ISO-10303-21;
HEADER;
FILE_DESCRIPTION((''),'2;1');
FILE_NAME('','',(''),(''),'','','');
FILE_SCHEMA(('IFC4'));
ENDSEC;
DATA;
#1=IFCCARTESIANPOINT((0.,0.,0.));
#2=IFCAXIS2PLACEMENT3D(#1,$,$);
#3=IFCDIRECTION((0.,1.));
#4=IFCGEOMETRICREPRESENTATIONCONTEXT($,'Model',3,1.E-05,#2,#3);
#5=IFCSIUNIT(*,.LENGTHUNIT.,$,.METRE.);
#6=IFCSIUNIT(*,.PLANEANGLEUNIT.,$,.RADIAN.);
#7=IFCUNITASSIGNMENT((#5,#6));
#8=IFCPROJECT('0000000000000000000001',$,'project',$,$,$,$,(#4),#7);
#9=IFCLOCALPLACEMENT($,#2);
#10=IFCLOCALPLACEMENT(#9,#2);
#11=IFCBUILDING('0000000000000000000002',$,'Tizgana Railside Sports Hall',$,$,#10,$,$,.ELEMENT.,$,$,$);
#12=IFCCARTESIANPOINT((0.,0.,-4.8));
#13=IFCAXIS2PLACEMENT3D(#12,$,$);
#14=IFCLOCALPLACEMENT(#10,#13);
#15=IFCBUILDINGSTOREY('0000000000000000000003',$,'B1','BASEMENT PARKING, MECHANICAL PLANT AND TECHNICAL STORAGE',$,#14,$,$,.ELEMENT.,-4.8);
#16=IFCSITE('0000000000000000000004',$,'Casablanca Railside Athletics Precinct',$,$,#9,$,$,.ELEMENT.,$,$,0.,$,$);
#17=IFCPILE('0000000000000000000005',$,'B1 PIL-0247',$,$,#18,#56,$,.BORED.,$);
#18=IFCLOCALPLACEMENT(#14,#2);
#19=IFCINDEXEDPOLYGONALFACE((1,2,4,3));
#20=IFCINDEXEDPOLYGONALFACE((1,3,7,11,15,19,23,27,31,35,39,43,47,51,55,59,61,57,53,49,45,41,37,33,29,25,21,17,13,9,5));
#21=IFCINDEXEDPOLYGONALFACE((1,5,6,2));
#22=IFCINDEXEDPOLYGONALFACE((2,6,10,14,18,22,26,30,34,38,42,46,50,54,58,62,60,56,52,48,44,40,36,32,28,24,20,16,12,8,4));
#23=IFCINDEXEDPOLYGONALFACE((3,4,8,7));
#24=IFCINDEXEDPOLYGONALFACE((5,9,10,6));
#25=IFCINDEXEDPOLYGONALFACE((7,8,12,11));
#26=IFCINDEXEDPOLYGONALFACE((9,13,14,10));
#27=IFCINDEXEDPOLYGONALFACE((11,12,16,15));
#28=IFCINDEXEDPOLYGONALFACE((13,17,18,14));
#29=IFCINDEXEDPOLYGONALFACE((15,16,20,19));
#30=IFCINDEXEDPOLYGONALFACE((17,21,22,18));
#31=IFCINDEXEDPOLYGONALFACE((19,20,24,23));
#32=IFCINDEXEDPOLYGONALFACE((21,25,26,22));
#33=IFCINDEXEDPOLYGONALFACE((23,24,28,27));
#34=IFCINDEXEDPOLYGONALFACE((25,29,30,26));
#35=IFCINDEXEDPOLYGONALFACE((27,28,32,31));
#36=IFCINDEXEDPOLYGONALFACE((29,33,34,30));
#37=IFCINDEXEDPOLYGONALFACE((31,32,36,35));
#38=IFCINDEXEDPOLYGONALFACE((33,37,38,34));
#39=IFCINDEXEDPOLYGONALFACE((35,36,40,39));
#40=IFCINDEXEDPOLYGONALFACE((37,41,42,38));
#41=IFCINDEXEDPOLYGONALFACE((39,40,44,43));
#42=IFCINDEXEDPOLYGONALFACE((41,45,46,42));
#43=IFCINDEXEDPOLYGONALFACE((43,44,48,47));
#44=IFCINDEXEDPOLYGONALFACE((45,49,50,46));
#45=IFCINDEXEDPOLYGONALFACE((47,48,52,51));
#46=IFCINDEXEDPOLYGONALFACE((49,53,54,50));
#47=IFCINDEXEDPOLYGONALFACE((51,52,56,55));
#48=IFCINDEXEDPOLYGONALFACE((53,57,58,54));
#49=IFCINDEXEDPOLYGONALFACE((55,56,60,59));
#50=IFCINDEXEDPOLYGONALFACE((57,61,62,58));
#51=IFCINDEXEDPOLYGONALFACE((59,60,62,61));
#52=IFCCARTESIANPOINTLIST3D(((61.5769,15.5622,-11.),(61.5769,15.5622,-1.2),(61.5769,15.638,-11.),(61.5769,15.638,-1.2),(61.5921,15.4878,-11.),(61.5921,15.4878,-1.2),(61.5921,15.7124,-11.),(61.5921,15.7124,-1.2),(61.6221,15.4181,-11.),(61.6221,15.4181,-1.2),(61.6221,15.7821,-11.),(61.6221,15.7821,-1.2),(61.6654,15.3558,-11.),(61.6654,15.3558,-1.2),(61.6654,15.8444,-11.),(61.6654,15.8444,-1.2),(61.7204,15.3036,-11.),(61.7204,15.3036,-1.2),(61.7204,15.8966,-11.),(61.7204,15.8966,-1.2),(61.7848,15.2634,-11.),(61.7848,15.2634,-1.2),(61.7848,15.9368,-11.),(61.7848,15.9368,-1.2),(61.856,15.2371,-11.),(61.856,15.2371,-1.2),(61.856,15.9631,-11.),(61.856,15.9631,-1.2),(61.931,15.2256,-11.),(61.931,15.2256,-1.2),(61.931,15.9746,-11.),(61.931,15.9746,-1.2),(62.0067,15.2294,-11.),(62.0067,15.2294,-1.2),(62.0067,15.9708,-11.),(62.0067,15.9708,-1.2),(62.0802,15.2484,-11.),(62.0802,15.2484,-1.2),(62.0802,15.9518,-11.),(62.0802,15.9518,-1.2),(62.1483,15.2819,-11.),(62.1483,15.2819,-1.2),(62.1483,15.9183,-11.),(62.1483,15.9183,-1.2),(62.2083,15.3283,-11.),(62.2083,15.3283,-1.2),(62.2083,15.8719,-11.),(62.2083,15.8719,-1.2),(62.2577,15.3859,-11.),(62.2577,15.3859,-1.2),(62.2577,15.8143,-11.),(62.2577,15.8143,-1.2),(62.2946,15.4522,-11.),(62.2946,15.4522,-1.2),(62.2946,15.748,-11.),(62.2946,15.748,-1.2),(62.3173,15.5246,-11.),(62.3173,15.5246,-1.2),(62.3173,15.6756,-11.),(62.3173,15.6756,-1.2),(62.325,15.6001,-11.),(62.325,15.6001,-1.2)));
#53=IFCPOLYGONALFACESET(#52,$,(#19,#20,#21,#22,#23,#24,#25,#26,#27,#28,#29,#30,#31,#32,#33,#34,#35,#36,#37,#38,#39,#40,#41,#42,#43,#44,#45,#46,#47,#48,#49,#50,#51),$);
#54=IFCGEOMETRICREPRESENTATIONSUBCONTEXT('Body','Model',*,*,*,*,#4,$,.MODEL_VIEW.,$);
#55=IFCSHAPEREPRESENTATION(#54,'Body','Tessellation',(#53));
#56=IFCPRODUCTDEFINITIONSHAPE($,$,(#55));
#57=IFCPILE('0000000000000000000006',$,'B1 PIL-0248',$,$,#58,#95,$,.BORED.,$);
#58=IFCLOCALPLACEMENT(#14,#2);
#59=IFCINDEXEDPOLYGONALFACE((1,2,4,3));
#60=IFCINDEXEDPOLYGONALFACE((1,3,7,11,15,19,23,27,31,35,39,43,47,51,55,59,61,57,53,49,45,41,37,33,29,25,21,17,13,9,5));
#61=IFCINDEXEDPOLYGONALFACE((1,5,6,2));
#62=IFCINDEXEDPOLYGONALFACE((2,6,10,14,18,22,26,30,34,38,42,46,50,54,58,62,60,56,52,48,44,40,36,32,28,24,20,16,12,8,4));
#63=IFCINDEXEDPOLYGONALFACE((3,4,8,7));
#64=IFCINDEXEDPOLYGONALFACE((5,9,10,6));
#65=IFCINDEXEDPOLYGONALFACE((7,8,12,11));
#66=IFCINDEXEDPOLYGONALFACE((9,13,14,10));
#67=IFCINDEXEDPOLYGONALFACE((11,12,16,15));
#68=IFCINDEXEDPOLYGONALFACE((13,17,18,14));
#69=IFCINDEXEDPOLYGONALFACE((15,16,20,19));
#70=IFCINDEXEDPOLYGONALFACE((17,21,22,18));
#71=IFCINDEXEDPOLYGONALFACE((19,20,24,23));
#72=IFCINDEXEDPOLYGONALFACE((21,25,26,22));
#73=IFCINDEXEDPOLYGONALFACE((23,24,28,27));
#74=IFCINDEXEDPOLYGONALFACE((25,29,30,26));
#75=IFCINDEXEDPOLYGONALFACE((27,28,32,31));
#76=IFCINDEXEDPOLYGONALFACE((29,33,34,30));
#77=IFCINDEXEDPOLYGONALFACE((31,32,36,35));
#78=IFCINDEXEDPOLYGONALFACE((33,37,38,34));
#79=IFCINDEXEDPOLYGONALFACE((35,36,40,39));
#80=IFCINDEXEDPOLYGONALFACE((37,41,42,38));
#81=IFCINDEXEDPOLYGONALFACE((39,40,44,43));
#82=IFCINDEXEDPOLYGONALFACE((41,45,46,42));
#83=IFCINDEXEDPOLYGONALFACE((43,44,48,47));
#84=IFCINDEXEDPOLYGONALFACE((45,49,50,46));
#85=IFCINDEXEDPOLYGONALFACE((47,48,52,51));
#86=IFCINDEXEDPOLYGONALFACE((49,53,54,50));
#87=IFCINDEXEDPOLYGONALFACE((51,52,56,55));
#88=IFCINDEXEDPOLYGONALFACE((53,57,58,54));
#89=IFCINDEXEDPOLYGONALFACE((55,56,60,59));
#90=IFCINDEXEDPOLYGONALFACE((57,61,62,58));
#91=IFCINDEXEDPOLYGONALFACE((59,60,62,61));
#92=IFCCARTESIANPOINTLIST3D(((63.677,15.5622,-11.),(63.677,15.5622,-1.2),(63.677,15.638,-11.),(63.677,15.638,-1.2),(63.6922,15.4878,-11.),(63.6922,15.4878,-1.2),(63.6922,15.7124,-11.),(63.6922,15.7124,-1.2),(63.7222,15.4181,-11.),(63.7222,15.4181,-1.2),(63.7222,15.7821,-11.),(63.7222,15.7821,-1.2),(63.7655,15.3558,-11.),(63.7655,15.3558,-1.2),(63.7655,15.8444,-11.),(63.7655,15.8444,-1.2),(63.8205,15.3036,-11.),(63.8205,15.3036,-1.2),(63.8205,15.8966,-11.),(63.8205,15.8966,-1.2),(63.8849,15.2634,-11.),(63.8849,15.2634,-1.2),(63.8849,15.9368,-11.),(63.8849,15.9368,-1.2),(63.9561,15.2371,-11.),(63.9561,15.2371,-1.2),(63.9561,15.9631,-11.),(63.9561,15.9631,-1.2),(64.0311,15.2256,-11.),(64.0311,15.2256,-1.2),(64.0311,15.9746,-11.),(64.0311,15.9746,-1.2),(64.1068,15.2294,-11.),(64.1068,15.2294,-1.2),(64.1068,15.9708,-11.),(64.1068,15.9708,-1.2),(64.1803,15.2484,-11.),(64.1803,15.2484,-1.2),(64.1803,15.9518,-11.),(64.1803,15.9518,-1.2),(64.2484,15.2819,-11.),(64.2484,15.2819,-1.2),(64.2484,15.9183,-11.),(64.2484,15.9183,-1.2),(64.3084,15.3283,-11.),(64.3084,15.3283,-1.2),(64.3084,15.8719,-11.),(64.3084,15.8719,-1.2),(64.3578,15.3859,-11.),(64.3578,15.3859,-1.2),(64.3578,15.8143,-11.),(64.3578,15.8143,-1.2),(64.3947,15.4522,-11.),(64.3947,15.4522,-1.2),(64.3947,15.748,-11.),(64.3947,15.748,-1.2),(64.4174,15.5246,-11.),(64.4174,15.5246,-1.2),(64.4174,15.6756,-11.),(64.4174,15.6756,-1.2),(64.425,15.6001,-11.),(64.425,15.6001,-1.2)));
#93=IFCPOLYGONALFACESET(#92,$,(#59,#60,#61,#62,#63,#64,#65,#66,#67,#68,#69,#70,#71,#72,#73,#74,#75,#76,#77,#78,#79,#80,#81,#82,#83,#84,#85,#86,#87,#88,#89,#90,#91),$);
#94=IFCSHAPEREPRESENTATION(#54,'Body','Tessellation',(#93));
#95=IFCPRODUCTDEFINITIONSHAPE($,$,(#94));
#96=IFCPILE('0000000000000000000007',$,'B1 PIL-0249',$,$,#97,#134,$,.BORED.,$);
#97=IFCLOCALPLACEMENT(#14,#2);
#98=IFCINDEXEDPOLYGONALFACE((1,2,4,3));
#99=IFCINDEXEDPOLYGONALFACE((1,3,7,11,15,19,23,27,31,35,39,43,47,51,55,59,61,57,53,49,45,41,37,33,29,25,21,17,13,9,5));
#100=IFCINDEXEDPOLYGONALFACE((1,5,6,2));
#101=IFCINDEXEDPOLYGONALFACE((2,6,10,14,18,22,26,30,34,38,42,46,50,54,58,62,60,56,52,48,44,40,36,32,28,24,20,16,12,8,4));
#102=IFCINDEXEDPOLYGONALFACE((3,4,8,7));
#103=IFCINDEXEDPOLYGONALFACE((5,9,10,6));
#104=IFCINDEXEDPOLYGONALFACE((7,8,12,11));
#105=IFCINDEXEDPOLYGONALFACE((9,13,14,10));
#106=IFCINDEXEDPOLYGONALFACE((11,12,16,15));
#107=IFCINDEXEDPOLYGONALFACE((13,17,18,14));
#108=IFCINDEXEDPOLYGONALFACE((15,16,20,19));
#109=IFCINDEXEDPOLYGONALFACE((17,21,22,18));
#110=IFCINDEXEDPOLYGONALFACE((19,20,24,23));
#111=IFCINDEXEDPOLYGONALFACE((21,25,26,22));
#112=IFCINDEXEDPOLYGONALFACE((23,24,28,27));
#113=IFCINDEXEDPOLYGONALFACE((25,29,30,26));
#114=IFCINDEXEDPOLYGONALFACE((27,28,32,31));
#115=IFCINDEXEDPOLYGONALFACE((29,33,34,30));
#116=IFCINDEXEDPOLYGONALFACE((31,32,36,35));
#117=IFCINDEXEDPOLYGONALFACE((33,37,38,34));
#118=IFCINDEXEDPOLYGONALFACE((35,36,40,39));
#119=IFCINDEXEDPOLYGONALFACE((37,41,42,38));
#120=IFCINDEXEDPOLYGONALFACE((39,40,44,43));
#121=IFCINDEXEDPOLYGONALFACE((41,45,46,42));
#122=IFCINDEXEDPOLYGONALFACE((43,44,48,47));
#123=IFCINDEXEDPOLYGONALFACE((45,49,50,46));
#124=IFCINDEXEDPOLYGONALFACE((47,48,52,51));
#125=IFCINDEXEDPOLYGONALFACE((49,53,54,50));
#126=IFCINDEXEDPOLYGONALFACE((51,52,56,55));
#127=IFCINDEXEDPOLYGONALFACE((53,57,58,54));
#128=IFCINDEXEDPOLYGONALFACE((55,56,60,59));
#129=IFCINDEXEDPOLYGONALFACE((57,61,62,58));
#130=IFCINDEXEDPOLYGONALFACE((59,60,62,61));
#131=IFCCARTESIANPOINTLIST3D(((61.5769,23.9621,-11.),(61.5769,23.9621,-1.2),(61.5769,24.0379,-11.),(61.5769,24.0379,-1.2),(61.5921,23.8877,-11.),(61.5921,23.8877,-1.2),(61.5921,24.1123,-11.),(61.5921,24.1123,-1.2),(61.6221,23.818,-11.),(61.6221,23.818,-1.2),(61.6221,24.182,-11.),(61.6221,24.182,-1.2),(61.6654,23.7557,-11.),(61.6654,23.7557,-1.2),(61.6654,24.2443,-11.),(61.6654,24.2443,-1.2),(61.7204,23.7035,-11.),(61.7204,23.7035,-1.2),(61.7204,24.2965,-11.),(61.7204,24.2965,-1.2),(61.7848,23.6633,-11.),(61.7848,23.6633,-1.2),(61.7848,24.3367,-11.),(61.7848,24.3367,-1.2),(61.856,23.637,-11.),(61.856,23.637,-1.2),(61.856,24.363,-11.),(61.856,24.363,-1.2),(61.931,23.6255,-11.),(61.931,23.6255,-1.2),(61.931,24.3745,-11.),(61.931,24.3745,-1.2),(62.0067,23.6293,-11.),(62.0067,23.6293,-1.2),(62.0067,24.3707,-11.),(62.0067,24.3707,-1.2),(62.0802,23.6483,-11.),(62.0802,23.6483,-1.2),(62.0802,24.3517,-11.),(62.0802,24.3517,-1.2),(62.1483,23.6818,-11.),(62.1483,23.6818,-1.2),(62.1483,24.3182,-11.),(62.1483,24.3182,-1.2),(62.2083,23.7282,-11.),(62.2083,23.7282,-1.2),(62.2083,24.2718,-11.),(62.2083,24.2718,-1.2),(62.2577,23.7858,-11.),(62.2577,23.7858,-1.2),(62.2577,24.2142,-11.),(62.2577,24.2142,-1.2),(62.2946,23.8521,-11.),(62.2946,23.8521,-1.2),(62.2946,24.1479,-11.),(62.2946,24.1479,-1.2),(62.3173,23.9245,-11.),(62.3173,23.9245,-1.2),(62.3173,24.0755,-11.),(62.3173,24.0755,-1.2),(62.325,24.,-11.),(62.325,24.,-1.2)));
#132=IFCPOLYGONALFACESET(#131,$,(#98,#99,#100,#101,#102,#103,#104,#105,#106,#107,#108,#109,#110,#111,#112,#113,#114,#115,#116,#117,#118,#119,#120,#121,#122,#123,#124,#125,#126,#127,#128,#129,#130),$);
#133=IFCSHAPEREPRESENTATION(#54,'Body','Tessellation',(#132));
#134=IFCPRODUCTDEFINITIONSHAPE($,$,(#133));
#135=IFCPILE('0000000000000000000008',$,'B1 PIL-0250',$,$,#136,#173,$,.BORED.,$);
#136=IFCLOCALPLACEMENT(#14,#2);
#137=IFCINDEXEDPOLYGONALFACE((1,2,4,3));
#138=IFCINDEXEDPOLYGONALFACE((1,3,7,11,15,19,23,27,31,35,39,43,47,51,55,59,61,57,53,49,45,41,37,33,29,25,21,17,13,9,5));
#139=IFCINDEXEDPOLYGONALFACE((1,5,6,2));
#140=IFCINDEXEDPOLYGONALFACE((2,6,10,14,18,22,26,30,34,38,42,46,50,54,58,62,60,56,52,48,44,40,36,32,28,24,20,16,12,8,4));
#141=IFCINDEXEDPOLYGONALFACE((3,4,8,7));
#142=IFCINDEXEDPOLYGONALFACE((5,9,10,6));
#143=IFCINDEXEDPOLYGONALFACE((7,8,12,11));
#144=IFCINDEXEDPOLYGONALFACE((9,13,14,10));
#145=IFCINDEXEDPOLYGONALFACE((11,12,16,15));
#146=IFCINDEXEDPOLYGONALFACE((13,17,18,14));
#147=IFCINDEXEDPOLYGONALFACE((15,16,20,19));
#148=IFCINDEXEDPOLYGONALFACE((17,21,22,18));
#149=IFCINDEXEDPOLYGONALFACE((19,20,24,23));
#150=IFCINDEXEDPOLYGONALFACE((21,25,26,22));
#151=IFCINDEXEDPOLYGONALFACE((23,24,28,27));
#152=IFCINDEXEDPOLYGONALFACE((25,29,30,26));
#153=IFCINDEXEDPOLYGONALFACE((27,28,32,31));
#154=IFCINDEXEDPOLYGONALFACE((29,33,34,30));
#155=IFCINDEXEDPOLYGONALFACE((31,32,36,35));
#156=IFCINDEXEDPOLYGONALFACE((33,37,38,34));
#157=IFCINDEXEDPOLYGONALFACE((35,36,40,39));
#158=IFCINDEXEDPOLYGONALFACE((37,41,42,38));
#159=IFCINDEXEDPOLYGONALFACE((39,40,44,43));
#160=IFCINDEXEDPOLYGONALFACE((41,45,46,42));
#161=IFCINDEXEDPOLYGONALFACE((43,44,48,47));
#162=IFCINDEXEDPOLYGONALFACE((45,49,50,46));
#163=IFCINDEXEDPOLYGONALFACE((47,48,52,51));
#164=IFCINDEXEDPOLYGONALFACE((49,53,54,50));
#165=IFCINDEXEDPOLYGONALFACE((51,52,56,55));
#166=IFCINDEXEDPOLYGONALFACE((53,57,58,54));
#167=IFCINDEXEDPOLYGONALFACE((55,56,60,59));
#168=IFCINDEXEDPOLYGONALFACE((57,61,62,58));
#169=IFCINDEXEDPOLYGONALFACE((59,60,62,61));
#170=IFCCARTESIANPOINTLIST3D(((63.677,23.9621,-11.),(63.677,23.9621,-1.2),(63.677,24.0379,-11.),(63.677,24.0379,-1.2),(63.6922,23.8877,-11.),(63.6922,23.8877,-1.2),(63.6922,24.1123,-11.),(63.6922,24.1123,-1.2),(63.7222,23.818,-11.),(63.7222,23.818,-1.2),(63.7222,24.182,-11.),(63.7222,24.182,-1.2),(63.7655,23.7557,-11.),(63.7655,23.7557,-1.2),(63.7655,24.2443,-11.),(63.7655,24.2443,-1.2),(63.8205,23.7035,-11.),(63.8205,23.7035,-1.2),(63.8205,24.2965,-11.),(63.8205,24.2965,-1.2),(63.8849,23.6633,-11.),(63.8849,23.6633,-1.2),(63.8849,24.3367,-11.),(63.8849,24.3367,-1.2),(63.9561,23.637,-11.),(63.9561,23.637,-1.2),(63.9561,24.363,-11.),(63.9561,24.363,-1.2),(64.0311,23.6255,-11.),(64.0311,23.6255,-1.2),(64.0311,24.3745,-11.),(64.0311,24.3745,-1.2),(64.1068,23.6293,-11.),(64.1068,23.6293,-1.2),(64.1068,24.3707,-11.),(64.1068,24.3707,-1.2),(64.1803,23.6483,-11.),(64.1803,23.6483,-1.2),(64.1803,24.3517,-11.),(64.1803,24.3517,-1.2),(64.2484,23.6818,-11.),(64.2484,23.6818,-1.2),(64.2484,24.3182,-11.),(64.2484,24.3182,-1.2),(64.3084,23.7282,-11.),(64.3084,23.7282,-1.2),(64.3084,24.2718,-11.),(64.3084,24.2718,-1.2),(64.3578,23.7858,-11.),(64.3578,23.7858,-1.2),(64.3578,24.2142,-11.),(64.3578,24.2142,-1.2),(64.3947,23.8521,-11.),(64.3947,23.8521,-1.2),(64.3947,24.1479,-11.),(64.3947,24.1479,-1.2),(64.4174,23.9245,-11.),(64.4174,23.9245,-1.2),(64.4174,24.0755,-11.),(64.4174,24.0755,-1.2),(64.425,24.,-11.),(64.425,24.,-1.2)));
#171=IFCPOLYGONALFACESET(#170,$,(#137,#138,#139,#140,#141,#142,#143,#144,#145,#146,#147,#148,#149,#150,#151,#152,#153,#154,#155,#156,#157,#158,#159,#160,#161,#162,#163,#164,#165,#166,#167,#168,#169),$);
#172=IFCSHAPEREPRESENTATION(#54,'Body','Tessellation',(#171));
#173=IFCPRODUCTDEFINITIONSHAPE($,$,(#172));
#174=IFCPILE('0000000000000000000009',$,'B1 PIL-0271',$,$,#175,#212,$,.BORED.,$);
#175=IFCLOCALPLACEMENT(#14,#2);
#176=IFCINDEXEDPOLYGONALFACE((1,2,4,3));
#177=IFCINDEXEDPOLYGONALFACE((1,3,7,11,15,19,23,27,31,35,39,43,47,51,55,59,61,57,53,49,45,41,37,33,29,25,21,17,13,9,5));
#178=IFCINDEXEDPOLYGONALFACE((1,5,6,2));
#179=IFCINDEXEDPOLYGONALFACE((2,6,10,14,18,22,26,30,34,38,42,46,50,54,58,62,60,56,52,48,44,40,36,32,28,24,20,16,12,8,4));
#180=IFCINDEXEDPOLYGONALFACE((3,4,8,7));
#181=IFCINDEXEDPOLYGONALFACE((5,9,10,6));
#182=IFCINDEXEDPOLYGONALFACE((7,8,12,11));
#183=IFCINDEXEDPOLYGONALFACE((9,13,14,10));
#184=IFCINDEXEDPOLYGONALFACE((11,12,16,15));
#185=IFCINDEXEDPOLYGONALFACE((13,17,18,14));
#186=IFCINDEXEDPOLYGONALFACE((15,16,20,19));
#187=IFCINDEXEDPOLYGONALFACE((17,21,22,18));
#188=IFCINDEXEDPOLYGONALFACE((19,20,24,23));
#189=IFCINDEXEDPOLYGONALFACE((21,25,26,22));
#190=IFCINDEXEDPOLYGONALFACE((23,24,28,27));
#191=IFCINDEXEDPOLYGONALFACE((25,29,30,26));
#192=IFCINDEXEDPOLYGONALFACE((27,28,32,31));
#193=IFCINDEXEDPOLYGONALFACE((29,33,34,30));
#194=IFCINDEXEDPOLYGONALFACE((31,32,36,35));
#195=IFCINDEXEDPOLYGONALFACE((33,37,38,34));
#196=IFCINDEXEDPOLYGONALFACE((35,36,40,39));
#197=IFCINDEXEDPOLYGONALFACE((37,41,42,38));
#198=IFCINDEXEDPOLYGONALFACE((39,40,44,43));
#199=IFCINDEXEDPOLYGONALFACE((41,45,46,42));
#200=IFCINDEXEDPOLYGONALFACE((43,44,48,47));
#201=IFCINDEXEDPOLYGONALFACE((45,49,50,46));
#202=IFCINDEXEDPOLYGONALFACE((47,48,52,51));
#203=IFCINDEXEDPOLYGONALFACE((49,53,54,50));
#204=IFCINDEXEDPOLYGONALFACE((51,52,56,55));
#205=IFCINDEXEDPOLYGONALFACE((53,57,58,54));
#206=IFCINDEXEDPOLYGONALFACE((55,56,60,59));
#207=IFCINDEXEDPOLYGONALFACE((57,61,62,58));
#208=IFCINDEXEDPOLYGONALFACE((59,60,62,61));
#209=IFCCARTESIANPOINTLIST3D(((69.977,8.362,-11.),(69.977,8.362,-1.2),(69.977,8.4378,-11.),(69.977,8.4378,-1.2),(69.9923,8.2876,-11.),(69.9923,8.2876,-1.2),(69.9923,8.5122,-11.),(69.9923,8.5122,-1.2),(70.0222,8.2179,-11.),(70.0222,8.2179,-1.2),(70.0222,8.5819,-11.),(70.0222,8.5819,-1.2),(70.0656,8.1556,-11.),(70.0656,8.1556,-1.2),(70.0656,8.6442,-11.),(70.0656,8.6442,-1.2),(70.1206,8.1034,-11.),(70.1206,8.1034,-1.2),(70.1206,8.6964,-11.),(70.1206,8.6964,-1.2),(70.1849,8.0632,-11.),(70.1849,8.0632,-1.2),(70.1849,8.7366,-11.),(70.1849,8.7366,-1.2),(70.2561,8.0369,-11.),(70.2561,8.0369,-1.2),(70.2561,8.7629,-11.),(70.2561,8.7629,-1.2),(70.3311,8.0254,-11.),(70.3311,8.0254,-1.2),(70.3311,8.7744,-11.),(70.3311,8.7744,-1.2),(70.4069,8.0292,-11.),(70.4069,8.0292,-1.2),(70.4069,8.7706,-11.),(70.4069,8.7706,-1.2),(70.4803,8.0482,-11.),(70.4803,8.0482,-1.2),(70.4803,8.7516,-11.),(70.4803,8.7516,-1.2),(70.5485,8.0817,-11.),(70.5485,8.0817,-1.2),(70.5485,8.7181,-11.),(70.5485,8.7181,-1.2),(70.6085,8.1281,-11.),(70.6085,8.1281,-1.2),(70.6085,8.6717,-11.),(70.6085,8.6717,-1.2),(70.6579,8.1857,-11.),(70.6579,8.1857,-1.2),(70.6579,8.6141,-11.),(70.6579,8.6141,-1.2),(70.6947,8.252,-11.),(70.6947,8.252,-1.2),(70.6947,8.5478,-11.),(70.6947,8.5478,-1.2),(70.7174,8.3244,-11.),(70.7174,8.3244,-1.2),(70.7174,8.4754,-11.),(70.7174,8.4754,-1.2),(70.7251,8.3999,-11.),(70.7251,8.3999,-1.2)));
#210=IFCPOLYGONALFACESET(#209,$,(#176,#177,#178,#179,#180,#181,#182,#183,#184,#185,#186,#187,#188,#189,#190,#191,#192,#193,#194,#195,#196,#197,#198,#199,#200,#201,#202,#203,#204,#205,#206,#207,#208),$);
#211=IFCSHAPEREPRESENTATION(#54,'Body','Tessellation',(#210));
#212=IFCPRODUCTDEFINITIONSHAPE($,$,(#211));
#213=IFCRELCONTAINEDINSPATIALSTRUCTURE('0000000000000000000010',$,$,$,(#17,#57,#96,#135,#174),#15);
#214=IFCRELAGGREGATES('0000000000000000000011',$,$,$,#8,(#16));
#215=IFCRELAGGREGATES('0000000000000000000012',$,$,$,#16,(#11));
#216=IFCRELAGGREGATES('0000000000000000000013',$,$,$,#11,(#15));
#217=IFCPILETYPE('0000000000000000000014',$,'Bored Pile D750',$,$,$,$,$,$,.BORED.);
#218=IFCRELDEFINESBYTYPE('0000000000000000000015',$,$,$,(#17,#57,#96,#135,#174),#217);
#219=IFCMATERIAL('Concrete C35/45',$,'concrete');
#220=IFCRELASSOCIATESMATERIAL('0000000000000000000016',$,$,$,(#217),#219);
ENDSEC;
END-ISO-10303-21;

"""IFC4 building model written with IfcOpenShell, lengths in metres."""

from ifc_helpers import new_model, si_unit, direction, frame, origin, origin_2d, place, context, subcontext, project, spatial, circle, extrude, material, material_profile, profile_set, type_object, element, save


model = new_model("IFC4")

# Units and contexts
model_context = context("Model", 3, precision=1e-05, world=origin(), true_north=direction((0.0, 1.0)))
body_context = subcontext(model_context, "Body", "Model", "MODEL_VIEW")
ifc_project = project(units=[si_unit("LENGTHUNIT", "METRE"), si_unit("PLANEANGLEUNIT", "RADIAN")], contexts=[model_context])

# Site, building, storey
site_placement = place(None, origin())
site = spatial("IfcSite", under=ifc_project, at=site_placement, Name="Casablanca Railside Athletics Precinct", CompositionType="ELEMENT", RefElevation=0.0)
building_placement = place(site_placement, origin())
building = spatial("IfcBuilding", under=site, at=building_placement, Name="Tizgana Railside Sports Hall", CompositionType="ELEMENT")
storey_placement = place(building_placement, frame((0.0, 0.0, -4.8)))
storey = spatial("IfcBuildingStorey", under=building, at=storey_placement, Name="B1", Description="BASEMENT PARKING, MECHANICAL PLANT AND TECHNICAL STORAGE", CompositionType="ELEMENT", Elevation=-4.8)

# Piles
ifc_material_1 = material(Name="Concrete C35/45", Category="concrete")
ifc_material_profile_1 = material_profile(ifc_material_1, circle(Radius=0.375, at=origin_2d()), Name="PILE D750")
ifc_profile_set_1 = profile_set([ifc_material_profile_1], Name="Concrete C35/45")
pile_type = type_object("IfcPileType", Name="Bored Pile D750", PredefinedType="BORED", material=ifc_profile_set_1)
for number, where, z_axis, x_axis, name in (
    (1, (61.95, 15.6001, -1.2), (0.0, 0.0, -1.0), (1.0, 0.0, 0.0), "B1 PIL-0247"),
    (2, (64.05, 15.6001, -1.2), (0.0, 0.0, -1.0), (1.0, 0.0, 0.0), "B1 PIL-0248"),
    (3, (61.95, 24.0, -1.2), (0.0, 0.0, -1.0), (1.0, 0.0, 0.0), "B1 PIL-0249"),
    (4, (64.05, 24.0, -1.2), (0.0, 0.0, -1.0), (1.0, 0.0, 0.0), "B1 PIL-0250"),
    (5, (70.3501, 8.3999, -1.2), (0.0, 0.0, -1.0), (1.0, 0.0, 0.0), "B1 PIL-0271"),
):
    element("IfcPile", number, at=place(storey_placement, frame(where, z_axis=z_axis, x_axis=x_axis)), inside=storey, type_object=pile_type, Name=name, PredefinedType="BORED", context=body_context, shape_type="SweptSolid", body=[
        extrude(circle(Radius=0.375, at=origin_2d()), origin(), (0.0, 0.0, 1.0), 9.8),
    ])

save(model, "model.ifc")
